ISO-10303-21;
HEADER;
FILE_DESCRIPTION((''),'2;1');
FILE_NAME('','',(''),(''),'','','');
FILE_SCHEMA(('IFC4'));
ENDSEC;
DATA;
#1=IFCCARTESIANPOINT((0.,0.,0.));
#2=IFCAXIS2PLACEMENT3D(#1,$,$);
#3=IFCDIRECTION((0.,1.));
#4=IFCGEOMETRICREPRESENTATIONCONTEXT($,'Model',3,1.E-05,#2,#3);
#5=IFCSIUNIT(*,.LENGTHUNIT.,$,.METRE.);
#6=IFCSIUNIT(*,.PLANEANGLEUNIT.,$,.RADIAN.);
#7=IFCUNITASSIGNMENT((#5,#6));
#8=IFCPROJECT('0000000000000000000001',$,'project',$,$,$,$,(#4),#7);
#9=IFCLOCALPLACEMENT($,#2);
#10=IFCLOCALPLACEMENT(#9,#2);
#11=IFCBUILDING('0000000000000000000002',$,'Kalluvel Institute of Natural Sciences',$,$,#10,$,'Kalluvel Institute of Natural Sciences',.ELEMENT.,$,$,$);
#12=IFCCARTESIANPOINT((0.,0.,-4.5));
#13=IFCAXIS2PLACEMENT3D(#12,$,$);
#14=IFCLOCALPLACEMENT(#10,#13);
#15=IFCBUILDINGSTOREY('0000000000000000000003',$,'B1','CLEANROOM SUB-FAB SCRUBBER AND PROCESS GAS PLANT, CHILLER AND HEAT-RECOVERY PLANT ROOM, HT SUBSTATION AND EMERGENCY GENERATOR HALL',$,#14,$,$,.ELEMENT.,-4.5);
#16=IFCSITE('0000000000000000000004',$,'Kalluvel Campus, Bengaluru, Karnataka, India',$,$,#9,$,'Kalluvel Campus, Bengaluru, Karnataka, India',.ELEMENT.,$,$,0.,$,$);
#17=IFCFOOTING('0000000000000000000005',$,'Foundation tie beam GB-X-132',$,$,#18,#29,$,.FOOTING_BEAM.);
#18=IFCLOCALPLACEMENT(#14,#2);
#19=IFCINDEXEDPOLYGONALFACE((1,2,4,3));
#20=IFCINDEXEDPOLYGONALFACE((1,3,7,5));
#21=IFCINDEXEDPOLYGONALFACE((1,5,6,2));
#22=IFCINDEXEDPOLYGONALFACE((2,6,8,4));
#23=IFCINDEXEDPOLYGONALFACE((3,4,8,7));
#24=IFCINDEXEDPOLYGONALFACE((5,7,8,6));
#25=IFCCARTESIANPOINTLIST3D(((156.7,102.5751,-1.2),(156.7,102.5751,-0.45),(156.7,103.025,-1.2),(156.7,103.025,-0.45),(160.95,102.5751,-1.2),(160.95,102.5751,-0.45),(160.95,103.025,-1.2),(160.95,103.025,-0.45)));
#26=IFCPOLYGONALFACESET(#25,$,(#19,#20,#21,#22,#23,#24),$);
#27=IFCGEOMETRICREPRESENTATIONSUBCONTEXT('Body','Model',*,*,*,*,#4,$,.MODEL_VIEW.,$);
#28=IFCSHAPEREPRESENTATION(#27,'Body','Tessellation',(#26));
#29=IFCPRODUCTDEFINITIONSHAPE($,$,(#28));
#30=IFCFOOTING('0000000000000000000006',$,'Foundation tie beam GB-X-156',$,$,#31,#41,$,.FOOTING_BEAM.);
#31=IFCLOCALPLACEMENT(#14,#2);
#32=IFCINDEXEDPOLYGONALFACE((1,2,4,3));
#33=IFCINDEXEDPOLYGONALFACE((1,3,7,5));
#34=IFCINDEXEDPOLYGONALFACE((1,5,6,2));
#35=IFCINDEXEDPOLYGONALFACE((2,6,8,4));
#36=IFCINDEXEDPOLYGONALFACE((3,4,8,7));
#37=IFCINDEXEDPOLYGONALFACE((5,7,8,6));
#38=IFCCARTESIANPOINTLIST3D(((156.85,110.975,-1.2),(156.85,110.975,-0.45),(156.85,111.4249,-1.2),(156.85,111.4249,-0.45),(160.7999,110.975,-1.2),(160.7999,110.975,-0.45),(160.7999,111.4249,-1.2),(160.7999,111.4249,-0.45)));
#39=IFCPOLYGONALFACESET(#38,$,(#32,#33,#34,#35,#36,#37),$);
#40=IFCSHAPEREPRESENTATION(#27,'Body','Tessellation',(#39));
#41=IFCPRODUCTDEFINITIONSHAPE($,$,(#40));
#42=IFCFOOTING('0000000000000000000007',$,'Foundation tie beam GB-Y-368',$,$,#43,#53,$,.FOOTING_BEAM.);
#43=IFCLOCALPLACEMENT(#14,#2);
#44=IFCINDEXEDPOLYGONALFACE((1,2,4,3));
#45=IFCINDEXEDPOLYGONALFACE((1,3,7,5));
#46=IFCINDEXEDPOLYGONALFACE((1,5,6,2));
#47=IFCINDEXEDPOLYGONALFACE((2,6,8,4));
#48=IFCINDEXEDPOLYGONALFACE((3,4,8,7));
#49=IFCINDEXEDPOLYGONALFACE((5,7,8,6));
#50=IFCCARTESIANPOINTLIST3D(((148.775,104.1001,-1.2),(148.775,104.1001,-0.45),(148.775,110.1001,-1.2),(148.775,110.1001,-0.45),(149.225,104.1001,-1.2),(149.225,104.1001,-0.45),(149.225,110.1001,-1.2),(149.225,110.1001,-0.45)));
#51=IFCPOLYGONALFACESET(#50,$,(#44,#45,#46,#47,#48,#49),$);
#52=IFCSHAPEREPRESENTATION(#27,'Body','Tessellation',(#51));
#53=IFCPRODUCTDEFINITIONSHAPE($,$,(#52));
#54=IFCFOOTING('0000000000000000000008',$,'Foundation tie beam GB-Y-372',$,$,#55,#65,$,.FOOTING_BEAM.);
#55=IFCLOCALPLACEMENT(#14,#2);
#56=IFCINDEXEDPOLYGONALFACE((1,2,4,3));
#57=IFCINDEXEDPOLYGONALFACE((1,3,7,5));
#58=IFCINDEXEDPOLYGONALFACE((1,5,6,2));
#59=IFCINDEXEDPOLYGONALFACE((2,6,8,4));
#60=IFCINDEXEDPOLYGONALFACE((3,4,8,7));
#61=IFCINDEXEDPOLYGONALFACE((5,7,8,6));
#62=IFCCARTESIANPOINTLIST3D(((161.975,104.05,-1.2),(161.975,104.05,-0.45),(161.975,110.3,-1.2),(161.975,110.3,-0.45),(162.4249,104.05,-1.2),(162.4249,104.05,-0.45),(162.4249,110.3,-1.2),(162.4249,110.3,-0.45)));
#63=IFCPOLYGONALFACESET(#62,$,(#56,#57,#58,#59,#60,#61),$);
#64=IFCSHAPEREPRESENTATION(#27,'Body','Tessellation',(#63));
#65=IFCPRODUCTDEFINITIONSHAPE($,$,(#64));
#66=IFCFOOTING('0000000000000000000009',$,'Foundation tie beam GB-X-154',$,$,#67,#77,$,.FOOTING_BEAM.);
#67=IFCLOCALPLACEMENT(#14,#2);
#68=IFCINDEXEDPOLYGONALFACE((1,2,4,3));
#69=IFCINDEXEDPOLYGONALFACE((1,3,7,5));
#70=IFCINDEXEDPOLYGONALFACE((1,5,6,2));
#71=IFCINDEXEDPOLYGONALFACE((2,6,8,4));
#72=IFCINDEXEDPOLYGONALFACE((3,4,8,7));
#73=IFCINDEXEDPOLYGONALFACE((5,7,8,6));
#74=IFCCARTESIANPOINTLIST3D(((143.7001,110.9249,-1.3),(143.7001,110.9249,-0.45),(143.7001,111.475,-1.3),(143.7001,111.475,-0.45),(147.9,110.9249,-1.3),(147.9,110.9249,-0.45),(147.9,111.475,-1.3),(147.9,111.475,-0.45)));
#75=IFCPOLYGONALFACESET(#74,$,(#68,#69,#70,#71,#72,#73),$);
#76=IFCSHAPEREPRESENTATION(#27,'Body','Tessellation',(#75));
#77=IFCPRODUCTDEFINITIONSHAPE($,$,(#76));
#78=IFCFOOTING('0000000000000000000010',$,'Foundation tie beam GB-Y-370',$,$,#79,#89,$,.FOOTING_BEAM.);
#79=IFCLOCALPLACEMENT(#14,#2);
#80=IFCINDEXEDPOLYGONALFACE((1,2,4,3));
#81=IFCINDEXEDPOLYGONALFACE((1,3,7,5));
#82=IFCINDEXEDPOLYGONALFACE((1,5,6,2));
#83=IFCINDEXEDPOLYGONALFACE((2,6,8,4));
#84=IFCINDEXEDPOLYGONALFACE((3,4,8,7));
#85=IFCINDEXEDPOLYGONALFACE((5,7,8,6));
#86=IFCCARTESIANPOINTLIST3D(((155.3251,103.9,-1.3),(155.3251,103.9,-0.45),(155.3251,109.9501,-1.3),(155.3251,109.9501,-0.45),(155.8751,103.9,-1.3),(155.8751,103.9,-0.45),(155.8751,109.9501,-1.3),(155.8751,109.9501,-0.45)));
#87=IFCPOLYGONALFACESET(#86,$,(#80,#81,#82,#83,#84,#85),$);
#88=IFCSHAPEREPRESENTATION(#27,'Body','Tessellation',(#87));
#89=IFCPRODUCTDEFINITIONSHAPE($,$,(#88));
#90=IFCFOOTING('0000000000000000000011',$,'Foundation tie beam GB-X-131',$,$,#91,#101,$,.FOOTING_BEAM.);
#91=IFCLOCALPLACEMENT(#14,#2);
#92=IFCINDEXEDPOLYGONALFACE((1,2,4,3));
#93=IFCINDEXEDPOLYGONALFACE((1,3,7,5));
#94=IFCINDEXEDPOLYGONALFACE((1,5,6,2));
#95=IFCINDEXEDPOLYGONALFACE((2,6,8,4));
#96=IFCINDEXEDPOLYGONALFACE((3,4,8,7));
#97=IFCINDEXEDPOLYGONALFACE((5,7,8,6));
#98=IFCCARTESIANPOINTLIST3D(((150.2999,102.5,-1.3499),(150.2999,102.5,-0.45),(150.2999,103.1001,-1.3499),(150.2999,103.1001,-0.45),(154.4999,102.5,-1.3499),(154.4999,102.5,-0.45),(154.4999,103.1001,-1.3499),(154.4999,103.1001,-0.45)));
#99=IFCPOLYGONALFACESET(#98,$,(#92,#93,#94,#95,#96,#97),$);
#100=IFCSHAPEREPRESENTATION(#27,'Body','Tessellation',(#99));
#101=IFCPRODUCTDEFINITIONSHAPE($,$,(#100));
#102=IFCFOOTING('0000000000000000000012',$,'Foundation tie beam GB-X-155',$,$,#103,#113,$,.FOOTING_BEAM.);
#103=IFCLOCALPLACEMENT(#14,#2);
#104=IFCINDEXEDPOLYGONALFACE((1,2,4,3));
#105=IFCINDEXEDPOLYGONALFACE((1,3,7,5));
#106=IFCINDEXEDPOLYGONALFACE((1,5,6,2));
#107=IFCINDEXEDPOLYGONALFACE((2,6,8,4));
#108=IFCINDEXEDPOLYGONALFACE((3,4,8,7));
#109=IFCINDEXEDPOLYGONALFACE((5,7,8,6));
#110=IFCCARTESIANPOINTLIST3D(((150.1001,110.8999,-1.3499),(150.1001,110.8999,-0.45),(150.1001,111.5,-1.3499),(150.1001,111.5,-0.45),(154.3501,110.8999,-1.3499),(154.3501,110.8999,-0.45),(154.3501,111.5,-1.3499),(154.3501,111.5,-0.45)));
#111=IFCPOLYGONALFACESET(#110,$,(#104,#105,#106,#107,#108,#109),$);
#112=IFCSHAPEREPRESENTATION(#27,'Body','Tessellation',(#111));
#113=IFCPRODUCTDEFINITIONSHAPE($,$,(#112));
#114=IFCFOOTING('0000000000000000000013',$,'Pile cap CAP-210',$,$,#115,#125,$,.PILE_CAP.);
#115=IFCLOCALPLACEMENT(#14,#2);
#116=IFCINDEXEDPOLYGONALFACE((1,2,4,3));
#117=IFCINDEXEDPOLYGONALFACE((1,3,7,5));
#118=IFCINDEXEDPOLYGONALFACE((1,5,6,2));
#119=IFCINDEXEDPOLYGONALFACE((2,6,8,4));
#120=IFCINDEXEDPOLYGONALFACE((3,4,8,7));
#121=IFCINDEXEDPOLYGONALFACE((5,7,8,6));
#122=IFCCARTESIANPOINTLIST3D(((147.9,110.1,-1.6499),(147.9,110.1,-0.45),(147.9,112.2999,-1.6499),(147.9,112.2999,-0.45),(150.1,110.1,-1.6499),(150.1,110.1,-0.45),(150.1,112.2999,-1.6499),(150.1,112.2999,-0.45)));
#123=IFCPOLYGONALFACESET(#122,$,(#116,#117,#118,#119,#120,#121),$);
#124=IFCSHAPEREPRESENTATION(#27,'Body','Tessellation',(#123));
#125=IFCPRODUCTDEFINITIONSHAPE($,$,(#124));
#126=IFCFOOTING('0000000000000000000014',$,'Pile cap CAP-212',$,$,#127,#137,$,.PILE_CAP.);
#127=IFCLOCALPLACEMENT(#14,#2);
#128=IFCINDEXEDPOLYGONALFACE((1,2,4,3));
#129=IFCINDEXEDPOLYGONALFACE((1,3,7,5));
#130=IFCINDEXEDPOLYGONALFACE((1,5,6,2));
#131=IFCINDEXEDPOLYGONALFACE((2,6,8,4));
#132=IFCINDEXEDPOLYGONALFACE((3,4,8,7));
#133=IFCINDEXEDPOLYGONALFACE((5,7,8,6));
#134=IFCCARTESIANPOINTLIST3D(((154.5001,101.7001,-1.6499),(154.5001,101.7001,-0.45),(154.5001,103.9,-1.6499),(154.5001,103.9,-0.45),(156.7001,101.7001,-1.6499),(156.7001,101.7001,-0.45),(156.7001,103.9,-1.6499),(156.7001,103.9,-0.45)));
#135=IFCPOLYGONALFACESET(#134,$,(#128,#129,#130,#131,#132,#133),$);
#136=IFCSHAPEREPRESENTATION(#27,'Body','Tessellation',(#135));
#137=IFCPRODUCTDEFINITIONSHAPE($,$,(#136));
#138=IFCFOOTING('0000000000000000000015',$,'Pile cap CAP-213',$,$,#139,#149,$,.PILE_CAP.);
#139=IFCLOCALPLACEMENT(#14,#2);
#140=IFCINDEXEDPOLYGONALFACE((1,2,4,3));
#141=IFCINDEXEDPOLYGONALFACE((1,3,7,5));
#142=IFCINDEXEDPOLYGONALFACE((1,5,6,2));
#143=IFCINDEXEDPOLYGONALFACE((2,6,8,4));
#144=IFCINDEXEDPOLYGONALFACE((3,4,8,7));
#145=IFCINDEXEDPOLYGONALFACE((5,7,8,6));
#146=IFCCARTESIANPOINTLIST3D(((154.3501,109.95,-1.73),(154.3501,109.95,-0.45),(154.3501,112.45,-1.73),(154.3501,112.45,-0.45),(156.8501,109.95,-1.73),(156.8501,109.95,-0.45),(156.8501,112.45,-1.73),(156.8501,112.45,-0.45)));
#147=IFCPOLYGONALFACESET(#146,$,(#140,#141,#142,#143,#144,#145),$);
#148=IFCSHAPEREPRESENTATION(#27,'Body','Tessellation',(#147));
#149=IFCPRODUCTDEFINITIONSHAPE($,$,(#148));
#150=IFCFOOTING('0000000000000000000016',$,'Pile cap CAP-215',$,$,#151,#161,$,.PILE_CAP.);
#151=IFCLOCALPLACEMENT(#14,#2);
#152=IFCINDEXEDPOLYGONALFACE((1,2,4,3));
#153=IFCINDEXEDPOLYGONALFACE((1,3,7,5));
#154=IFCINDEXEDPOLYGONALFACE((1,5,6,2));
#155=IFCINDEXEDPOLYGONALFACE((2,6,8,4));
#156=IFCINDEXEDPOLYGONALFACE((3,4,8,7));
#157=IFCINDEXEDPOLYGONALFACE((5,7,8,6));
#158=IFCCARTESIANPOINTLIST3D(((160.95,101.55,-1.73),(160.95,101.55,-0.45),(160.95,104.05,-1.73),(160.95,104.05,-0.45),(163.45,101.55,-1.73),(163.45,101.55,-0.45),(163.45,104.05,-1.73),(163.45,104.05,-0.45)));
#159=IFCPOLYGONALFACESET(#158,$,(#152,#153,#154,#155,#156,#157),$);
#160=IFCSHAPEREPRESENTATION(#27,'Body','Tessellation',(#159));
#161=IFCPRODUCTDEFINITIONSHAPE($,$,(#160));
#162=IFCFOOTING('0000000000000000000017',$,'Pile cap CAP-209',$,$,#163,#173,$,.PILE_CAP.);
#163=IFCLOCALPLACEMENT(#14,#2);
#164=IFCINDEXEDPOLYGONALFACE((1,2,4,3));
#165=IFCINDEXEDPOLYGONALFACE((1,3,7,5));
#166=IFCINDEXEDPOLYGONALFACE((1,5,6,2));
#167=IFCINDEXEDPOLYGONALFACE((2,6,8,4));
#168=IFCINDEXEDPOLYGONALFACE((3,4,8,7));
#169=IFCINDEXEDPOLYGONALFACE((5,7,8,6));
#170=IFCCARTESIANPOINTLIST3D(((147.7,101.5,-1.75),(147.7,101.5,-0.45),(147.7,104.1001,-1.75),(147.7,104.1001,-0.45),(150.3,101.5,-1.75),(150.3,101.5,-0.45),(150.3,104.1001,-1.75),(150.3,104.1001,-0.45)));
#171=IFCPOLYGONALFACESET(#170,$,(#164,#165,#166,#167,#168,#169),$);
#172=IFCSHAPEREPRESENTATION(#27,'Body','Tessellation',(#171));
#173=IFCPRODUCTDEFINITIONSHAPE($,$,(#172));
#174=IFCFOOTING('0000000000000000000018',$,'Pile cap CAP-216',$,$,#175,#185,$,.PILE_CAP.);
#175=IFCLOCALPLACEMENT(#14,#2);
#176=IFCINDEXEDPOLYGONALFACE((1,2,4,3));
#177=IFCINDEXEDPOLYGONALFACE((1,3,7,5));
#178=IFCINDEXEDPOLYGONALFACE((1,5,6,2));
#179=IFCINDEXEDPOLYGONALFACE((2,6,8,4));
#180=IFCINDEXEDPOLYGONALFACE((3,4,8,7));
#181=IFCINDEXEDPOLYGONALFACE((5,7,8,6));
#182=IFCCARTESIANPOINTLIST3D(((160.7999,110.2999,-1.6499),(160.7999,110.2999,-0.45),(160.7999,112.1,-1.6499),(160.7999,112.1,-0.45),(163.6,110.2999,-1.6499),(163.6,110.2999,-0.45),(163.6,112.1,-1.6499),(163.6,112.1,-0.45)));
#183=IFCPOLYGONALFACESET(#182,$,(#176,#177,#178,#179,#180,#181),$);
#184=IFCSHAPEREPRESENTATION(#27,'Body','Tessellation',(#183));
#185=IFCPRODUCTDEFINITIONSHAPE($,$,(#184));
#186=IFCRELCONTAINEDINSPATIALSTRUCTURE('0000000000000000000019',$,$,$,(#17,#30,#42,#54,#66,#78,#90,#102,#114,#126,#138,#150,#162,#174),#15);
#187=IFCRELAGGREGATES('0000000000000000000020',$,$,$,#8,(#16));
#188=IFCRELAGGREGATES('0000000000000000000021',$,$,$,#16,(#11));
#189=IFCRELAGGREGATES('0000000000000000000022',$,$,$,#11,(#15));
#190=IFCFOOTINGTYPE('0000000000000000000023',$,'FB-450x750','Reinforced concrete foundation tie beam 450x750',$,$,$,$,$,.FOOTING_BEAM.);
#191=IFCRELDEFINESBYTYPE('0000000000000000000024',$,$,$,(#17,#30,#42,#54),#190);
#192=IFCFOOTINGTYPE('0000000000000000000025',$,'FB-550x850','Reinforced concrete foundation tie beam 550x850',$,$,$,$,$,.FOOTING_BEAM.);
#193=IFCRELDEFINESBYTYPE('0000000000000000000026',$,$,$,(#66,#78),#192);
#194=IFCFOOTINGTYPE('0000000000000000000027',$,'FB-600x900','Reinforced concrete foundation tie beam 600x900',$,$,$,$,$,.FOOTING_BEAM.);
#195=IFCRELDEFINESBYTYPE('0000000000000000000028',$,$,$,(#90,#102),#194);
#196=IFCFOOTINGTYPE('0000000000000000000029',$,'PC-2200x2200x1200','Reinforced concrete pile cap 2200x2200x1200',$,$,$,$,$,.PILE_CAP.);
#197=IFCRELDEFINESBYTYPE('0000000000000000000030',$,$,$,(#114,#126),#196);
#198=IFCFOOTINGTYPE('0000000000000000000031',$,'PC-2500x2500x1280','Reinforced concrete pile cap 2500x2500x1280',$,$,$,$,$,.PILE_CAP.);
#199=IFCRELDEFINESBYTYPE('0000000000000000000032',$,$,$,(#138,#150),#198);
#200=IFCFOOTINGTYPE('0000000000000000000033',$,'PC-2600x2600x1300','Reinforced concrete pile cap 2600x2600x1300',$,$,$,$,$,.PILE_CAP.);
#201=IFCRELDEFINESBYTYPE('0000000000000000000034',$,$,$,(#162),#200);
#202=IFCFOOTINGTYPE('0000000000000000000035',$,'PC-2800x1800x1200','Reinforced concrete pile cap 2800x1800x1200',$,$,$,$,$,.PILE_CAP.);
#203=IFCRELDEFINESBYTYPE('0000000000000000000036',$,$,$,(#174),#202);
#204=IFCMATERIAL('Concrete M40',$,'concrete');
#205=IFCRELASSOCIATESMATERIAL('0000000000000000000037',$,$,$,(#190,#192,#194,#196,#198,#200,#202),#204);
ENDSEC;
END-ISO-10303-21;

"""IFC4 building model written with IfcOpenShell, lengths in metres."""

from ifc_helpers import new_model, si_unit, direction, frame, origin, origin_2d, place, context, subcontext, project, spatial, rectangle, extrude, material, type_object, element, save


model = new_model("IFC4")

# Units and contexts
model_context = context("Model", 3, precision=1e-05, world=origin(), true_north=direction((0.0, 1.0)))
body_context = subcontext(model_context, "Body", "Model", "MODEL_VIEW")
ifc_project = project(units=[si_unit("LENGTHUNIT", "METRE"), si_unit("PLANEANGLEUNIT", "RADIAN")], contexts=[model_context])

# Site, building, storey
site_placement = place(None, origin())
site = spatial("IfcSite", under=ifc_project, at=site_placement, Name="Kalluvel Campus, Bengaluru, Karnataka, India", LongName="Kalluvel Campus, Bengaluru, Karnataka, India", CompositionType="ELEMENT", RefElevation=0.0)
building_placement = place(site_placement, origin())
building = spatial("IfcBuilding", under=site, at=building_placement, Name="Kalluvel Institute of Natural Sciences", LongName="Kalluvel Institute of Natural Sciences", CompositionType="ELEMENT")
storey_placement = place(building_placement, frame((0.0, 0.0, -4.5)))
storey = spatial("IfcBuildingStorey", under=building, at=storey_placement, Name="B1", Description="CLEANROOM SUB-FAB SCRUBBER AND PROCESS GAS PLANT, CHILLER AND HEAT-RECOVERY PLANT ROOM, HT SUBSTATION AND EMERGENCY GENERATOR HALL", CompositionType="ELEMENT", Elevation=-4.5)

# Footings
ifc_material = material(Name="Concrete M40", Category="concrete")
footing_type_1 = type_object("IfcFootingType", Name="FB-450x750", Description="Reinforced concrete foundation tie beam 450x750", PredefinedType="FOOTING_BEAM", material=ifc_material)
footing_1_placement = place(storey_placement, frame((158.825, 102.8, -1.2), z_axis=(0.0, 0.0, 1.0), x_axis=(1.0, 0.0, 0.0)))
element("IfcFooting", 1, at=footing_1_placement, inside=storey, type_object=footing_type_1, Name="Foundation tie beam GB-X-132", PredefinedType="FOOTING_BEAM", context=body_context, shape_type="SweptSolid", body=[
    extrude(rectangle(XDim=4.25, YDim=0.45, at=origin_2d()), origin(), (0.0, 0.0, 1.0), 0.75),
])
footing_2_placement = place(storey_placement, frame((158.825, 111.2, -1.2), z_axis=(0.0, 0.0, 1.0), x_axis=(1.0, 0.0, 0.0)))
element("IfcFooting", 2, at=footing_2_placement, inside=storey, type_object=footing_type_1, Name="Foundation tie beam GB-X-156", PredefinedType="FOOTING_BEAM", context=body_context, shape_type="SweptSolid", body=[
    extrude(rectangle(XDim=3.95, YDim=0.45, at=origin_2d()), origin(), (0.0, 0.0, 1.0), 0.75),
])
footing_3_placement = place(storey_placement, frame((149.0, 107.1001, -1.2), z_axis=(0.0, 0.0, 1.0), x_axis=(1.0, 0.0, 0.0)))
element("IfcFooting", 3, at=footing_3_placement, inside=storey, type_object=footing_type_1, Name="Foundation tie beam GB-Y-368", PredefinedType="FOOTING_BEAM", context=body_context, shape_type="SweptSolid", body=[
    extrude(rectangle(XDim=0.45, YDim=6.0, at=origin_2d()), origin(), (0.0, 0.0, 1.0), 0.75),
])
footing_4_placement = place(storey_placement, frame((162.2, 107.175, -1.2), z_axis=(0.0, 0.0, 1.0), x_axis=(1.0, 0.0, 0.0)))
element("IfcFooting", 4, at=footing_4_placement, inside=storey, type_object=footing_type_1, Name="Foundation tie beam GB-Y-372", PredefinedType="FOOTING_BEAM", context=body_context, shape_type="SweptSolid", body=[
    extrude(rectangle(XDim=0.45, YDim=6.25, at=origin_2d()), origin(), (0.0, 0.0, 1.0), 0.75),
])
footing_type_2 = type_object("IfcFootingType", Name="FB-550x850", Description="Reinforced concrete foundation tie beam 550x850", PredefinedType="FOOTING_BEAM", material=ifc_material)
footing_5_placement = place(storey_placement, frame((145.8, 111.2, -1.3), z_axis=(0.0, 0.0, 1.0), x_axis=(1.0, 0.0, 0.0)))
element("IfcFooting", 5, at=footing_5_placement, inside=storey, type_object=footing_type_2, Name="Foundation tie beam GB-X-154", PredefinedType="FOOTING_BEAM", context=body_context, shape_type="SweptSolid", body=[
    extrude(rectangle(XDim=4.2, YDim=0.55, at=origin_2d()), origin(), (0.0, 0.0, 1.0), 0.8501),
])
footing_6_placement = place(storey_placement, frame((155.6001, 106.925, -1.3), z_axis=(0.0, 0.0, 1.0), x_axis=(1.0, 0.0, 0.0)))
element("IfcFooting", 6, at=footing_6_placement, inside=storey, type_object=footing_type_2, Name="Foundation tie beam GB-Y-370", PredefinedType="FOOTING_BEAM", context=body_context, shape_type="SweptSolid", body=[
    extrude(rectangle(XDim=0.55, YDim=6.05, at=origin_2d()), origin(), (0.0, 0.0, 1.0), 0.8501),
])
footing_type_3 = type_object("IfcFootingType", Name="FB-600x900", Description="Reinforced concrete foundation tie beam 600x900", PredefinedType="FOOTING_BEAM", material=ifc_material)
footing_7_placement = place(storey_placement, frame((152.3999, 102.8, -1.3499), z_axis=(0.0, 0.0, 1.0), x_axis=(1.0, 0.0, 0.0)))
element("IfcFooting", 7, at=footing_7_placement, inside=storey, type_object=footing_type_3, Name="Foundation tie beam GB-X-131", PredefinedType="FOOTING_BEAM", context=body_context, shape_type="SweptSolid", body=[
    extrude(rectangle(XDim=4.2, YDim=0.6001, at=origin_2d()), origin(), (0.0, 0.0, 1.0), 0.8999),
])
footing_8_placement = place(storey_placement, frame((152.2251, 111.2, -1.3499), z_axis=(0.0, 0.0, 1.0), x_axis=(1.0, 0.0, 0.0)))
element("IfcFooting", 8, at=footing_8_placement, inside=storey, type_object=footing_type_3, Name="Foundation tie beam GB-X-155", PredefinedType="FOOTING_BEAM", context=body_context, shape_type="SweptSolid", body=[
    extrude(rectangle(XDim=4.25, YDim=0.6001, at=origin_2d()), origin(), (0.0, 0.0, 1.0), 0.8999),
])
footing_type_4 = type_object("IfcFootingType", Name="PC-2200x2200x1200", Description="Reinforced concrete pile cap 2200x2200x1200", PredefinedType="PILE_CAP", material=ifc_material)
for number, where, z_axis, x_axis, name in (
    (9, (149.0, 111.2, -1.6499), (0.0, 0.0, 1.0), (1.0, 0.0, 0.0), "Pile cap CAP-210"),
    (10, (155.6001, 102.8, -1.6499), (0.0, 0.0, 1.0), (1.0, 0.0, 0.0), "Pile cap CAP-212"),
):
    element("IfcFooting", number, at=place(storey_placement, frame(where, z_axis=z_axis, x_axis=x_axis)), inside=storey, type_object=footing_type_4, Name=name, PredefinedType="PILE_CAP", context=body_context, shape_type="SweptSolid", body=[
        extrude(rectangle(XDim=2.2, YDim=2.2, at=origin_2d()), origin(), (0.0, 0.0, 1.0), 1.2),
    ])
footing_type_5 = type_object("IfcFootingType", Name="PC-2500x2500x1280", Description="Reinforced concrete pile cap 2500x2500x1280", PredefinedType="PILE_CAP", material=ifc_material)
for number, where, z_axis, x_axis, name in (
    (11, (155.6001, 111.2, -1.73), (0.0, 0.0, 1.0), (1.0, 0.0, 0.0), "Pile cap CAP-213"),
    (12, (162.2, 102.8, -1.73), (0.0, 0.0, 1.0), (1.0, 0.0, 0.0), "Pile cap CAP-215"),
):
    element("IfcFooting", number, at=place(storey_placement, frame(where, z_axis=z_axis, x_axis=x_axis)), inside=storey, type_object=footing_type_5, Name=name, PredefinedType="PILE_CAP", context=body_context, shape_type="SweptSolid", body=[
        extrude(rectangle(XDim=2.5, YDim=2.5, at=origin_2d()), origin(), (0.0, 0.0, 1.0), 1.28),
    ])
footing_type_6 = type_object("IfcFootingType", Name="PC-2600x2600x1300", Description="Reinforced concrete pile cap 2600x2600x1300", PredefinedType="PILE_CAP", material=ifc_material)
footing_9_placement = place(storey_placement, frame((149.0, 102.8, -1.75), z_axis=(0.0, 0.0, 1.0), x_axis=(1.0, 0.0, 0.0)))
element("IfcFooting", 13, at=footing_9_placement, inside=storey, type_object=footing_type_6, Name="Pile cap CAP-209", PredefinedType="PILE_CAP", context=body_context, shape_type="SweptSolid", body=[
    extrude(rectangle(XDim=2.6001, YDim=2.6001, at=origin_2d()), origin(), (0.0, 0.0, 1.0), 1.3),
])
footing_type_7 = type_object("IfcFootingType", Name="PC-2800x1800x1200", Description="Reinforced concrete pile cap 2800x1800x1200", PredefinedType="PILE_CAP", material=ifc_material)
footing_10_placement = place(storey_placement, frame((162.2, 111.2, -1.6499), z_axis=(0.0, 0.0, 1.0), x_axis=(1.0, 0.0, 0.0)))
element("IfcFooting", 14, at=footing_10_placement, inside=storey, type_object=footing_type_7, Name="Pile cap CAP-216", PredefinedType="PILE_CAP", context=body_context, shape_type="SweptSolid", body=[
    extrude(rectangle(XDim=2.8, YDim=1.8, at=origin_2d()), origin(), (0.0, 0.0, 1.0), 1.2),
])

save(model, "model.ifc")
